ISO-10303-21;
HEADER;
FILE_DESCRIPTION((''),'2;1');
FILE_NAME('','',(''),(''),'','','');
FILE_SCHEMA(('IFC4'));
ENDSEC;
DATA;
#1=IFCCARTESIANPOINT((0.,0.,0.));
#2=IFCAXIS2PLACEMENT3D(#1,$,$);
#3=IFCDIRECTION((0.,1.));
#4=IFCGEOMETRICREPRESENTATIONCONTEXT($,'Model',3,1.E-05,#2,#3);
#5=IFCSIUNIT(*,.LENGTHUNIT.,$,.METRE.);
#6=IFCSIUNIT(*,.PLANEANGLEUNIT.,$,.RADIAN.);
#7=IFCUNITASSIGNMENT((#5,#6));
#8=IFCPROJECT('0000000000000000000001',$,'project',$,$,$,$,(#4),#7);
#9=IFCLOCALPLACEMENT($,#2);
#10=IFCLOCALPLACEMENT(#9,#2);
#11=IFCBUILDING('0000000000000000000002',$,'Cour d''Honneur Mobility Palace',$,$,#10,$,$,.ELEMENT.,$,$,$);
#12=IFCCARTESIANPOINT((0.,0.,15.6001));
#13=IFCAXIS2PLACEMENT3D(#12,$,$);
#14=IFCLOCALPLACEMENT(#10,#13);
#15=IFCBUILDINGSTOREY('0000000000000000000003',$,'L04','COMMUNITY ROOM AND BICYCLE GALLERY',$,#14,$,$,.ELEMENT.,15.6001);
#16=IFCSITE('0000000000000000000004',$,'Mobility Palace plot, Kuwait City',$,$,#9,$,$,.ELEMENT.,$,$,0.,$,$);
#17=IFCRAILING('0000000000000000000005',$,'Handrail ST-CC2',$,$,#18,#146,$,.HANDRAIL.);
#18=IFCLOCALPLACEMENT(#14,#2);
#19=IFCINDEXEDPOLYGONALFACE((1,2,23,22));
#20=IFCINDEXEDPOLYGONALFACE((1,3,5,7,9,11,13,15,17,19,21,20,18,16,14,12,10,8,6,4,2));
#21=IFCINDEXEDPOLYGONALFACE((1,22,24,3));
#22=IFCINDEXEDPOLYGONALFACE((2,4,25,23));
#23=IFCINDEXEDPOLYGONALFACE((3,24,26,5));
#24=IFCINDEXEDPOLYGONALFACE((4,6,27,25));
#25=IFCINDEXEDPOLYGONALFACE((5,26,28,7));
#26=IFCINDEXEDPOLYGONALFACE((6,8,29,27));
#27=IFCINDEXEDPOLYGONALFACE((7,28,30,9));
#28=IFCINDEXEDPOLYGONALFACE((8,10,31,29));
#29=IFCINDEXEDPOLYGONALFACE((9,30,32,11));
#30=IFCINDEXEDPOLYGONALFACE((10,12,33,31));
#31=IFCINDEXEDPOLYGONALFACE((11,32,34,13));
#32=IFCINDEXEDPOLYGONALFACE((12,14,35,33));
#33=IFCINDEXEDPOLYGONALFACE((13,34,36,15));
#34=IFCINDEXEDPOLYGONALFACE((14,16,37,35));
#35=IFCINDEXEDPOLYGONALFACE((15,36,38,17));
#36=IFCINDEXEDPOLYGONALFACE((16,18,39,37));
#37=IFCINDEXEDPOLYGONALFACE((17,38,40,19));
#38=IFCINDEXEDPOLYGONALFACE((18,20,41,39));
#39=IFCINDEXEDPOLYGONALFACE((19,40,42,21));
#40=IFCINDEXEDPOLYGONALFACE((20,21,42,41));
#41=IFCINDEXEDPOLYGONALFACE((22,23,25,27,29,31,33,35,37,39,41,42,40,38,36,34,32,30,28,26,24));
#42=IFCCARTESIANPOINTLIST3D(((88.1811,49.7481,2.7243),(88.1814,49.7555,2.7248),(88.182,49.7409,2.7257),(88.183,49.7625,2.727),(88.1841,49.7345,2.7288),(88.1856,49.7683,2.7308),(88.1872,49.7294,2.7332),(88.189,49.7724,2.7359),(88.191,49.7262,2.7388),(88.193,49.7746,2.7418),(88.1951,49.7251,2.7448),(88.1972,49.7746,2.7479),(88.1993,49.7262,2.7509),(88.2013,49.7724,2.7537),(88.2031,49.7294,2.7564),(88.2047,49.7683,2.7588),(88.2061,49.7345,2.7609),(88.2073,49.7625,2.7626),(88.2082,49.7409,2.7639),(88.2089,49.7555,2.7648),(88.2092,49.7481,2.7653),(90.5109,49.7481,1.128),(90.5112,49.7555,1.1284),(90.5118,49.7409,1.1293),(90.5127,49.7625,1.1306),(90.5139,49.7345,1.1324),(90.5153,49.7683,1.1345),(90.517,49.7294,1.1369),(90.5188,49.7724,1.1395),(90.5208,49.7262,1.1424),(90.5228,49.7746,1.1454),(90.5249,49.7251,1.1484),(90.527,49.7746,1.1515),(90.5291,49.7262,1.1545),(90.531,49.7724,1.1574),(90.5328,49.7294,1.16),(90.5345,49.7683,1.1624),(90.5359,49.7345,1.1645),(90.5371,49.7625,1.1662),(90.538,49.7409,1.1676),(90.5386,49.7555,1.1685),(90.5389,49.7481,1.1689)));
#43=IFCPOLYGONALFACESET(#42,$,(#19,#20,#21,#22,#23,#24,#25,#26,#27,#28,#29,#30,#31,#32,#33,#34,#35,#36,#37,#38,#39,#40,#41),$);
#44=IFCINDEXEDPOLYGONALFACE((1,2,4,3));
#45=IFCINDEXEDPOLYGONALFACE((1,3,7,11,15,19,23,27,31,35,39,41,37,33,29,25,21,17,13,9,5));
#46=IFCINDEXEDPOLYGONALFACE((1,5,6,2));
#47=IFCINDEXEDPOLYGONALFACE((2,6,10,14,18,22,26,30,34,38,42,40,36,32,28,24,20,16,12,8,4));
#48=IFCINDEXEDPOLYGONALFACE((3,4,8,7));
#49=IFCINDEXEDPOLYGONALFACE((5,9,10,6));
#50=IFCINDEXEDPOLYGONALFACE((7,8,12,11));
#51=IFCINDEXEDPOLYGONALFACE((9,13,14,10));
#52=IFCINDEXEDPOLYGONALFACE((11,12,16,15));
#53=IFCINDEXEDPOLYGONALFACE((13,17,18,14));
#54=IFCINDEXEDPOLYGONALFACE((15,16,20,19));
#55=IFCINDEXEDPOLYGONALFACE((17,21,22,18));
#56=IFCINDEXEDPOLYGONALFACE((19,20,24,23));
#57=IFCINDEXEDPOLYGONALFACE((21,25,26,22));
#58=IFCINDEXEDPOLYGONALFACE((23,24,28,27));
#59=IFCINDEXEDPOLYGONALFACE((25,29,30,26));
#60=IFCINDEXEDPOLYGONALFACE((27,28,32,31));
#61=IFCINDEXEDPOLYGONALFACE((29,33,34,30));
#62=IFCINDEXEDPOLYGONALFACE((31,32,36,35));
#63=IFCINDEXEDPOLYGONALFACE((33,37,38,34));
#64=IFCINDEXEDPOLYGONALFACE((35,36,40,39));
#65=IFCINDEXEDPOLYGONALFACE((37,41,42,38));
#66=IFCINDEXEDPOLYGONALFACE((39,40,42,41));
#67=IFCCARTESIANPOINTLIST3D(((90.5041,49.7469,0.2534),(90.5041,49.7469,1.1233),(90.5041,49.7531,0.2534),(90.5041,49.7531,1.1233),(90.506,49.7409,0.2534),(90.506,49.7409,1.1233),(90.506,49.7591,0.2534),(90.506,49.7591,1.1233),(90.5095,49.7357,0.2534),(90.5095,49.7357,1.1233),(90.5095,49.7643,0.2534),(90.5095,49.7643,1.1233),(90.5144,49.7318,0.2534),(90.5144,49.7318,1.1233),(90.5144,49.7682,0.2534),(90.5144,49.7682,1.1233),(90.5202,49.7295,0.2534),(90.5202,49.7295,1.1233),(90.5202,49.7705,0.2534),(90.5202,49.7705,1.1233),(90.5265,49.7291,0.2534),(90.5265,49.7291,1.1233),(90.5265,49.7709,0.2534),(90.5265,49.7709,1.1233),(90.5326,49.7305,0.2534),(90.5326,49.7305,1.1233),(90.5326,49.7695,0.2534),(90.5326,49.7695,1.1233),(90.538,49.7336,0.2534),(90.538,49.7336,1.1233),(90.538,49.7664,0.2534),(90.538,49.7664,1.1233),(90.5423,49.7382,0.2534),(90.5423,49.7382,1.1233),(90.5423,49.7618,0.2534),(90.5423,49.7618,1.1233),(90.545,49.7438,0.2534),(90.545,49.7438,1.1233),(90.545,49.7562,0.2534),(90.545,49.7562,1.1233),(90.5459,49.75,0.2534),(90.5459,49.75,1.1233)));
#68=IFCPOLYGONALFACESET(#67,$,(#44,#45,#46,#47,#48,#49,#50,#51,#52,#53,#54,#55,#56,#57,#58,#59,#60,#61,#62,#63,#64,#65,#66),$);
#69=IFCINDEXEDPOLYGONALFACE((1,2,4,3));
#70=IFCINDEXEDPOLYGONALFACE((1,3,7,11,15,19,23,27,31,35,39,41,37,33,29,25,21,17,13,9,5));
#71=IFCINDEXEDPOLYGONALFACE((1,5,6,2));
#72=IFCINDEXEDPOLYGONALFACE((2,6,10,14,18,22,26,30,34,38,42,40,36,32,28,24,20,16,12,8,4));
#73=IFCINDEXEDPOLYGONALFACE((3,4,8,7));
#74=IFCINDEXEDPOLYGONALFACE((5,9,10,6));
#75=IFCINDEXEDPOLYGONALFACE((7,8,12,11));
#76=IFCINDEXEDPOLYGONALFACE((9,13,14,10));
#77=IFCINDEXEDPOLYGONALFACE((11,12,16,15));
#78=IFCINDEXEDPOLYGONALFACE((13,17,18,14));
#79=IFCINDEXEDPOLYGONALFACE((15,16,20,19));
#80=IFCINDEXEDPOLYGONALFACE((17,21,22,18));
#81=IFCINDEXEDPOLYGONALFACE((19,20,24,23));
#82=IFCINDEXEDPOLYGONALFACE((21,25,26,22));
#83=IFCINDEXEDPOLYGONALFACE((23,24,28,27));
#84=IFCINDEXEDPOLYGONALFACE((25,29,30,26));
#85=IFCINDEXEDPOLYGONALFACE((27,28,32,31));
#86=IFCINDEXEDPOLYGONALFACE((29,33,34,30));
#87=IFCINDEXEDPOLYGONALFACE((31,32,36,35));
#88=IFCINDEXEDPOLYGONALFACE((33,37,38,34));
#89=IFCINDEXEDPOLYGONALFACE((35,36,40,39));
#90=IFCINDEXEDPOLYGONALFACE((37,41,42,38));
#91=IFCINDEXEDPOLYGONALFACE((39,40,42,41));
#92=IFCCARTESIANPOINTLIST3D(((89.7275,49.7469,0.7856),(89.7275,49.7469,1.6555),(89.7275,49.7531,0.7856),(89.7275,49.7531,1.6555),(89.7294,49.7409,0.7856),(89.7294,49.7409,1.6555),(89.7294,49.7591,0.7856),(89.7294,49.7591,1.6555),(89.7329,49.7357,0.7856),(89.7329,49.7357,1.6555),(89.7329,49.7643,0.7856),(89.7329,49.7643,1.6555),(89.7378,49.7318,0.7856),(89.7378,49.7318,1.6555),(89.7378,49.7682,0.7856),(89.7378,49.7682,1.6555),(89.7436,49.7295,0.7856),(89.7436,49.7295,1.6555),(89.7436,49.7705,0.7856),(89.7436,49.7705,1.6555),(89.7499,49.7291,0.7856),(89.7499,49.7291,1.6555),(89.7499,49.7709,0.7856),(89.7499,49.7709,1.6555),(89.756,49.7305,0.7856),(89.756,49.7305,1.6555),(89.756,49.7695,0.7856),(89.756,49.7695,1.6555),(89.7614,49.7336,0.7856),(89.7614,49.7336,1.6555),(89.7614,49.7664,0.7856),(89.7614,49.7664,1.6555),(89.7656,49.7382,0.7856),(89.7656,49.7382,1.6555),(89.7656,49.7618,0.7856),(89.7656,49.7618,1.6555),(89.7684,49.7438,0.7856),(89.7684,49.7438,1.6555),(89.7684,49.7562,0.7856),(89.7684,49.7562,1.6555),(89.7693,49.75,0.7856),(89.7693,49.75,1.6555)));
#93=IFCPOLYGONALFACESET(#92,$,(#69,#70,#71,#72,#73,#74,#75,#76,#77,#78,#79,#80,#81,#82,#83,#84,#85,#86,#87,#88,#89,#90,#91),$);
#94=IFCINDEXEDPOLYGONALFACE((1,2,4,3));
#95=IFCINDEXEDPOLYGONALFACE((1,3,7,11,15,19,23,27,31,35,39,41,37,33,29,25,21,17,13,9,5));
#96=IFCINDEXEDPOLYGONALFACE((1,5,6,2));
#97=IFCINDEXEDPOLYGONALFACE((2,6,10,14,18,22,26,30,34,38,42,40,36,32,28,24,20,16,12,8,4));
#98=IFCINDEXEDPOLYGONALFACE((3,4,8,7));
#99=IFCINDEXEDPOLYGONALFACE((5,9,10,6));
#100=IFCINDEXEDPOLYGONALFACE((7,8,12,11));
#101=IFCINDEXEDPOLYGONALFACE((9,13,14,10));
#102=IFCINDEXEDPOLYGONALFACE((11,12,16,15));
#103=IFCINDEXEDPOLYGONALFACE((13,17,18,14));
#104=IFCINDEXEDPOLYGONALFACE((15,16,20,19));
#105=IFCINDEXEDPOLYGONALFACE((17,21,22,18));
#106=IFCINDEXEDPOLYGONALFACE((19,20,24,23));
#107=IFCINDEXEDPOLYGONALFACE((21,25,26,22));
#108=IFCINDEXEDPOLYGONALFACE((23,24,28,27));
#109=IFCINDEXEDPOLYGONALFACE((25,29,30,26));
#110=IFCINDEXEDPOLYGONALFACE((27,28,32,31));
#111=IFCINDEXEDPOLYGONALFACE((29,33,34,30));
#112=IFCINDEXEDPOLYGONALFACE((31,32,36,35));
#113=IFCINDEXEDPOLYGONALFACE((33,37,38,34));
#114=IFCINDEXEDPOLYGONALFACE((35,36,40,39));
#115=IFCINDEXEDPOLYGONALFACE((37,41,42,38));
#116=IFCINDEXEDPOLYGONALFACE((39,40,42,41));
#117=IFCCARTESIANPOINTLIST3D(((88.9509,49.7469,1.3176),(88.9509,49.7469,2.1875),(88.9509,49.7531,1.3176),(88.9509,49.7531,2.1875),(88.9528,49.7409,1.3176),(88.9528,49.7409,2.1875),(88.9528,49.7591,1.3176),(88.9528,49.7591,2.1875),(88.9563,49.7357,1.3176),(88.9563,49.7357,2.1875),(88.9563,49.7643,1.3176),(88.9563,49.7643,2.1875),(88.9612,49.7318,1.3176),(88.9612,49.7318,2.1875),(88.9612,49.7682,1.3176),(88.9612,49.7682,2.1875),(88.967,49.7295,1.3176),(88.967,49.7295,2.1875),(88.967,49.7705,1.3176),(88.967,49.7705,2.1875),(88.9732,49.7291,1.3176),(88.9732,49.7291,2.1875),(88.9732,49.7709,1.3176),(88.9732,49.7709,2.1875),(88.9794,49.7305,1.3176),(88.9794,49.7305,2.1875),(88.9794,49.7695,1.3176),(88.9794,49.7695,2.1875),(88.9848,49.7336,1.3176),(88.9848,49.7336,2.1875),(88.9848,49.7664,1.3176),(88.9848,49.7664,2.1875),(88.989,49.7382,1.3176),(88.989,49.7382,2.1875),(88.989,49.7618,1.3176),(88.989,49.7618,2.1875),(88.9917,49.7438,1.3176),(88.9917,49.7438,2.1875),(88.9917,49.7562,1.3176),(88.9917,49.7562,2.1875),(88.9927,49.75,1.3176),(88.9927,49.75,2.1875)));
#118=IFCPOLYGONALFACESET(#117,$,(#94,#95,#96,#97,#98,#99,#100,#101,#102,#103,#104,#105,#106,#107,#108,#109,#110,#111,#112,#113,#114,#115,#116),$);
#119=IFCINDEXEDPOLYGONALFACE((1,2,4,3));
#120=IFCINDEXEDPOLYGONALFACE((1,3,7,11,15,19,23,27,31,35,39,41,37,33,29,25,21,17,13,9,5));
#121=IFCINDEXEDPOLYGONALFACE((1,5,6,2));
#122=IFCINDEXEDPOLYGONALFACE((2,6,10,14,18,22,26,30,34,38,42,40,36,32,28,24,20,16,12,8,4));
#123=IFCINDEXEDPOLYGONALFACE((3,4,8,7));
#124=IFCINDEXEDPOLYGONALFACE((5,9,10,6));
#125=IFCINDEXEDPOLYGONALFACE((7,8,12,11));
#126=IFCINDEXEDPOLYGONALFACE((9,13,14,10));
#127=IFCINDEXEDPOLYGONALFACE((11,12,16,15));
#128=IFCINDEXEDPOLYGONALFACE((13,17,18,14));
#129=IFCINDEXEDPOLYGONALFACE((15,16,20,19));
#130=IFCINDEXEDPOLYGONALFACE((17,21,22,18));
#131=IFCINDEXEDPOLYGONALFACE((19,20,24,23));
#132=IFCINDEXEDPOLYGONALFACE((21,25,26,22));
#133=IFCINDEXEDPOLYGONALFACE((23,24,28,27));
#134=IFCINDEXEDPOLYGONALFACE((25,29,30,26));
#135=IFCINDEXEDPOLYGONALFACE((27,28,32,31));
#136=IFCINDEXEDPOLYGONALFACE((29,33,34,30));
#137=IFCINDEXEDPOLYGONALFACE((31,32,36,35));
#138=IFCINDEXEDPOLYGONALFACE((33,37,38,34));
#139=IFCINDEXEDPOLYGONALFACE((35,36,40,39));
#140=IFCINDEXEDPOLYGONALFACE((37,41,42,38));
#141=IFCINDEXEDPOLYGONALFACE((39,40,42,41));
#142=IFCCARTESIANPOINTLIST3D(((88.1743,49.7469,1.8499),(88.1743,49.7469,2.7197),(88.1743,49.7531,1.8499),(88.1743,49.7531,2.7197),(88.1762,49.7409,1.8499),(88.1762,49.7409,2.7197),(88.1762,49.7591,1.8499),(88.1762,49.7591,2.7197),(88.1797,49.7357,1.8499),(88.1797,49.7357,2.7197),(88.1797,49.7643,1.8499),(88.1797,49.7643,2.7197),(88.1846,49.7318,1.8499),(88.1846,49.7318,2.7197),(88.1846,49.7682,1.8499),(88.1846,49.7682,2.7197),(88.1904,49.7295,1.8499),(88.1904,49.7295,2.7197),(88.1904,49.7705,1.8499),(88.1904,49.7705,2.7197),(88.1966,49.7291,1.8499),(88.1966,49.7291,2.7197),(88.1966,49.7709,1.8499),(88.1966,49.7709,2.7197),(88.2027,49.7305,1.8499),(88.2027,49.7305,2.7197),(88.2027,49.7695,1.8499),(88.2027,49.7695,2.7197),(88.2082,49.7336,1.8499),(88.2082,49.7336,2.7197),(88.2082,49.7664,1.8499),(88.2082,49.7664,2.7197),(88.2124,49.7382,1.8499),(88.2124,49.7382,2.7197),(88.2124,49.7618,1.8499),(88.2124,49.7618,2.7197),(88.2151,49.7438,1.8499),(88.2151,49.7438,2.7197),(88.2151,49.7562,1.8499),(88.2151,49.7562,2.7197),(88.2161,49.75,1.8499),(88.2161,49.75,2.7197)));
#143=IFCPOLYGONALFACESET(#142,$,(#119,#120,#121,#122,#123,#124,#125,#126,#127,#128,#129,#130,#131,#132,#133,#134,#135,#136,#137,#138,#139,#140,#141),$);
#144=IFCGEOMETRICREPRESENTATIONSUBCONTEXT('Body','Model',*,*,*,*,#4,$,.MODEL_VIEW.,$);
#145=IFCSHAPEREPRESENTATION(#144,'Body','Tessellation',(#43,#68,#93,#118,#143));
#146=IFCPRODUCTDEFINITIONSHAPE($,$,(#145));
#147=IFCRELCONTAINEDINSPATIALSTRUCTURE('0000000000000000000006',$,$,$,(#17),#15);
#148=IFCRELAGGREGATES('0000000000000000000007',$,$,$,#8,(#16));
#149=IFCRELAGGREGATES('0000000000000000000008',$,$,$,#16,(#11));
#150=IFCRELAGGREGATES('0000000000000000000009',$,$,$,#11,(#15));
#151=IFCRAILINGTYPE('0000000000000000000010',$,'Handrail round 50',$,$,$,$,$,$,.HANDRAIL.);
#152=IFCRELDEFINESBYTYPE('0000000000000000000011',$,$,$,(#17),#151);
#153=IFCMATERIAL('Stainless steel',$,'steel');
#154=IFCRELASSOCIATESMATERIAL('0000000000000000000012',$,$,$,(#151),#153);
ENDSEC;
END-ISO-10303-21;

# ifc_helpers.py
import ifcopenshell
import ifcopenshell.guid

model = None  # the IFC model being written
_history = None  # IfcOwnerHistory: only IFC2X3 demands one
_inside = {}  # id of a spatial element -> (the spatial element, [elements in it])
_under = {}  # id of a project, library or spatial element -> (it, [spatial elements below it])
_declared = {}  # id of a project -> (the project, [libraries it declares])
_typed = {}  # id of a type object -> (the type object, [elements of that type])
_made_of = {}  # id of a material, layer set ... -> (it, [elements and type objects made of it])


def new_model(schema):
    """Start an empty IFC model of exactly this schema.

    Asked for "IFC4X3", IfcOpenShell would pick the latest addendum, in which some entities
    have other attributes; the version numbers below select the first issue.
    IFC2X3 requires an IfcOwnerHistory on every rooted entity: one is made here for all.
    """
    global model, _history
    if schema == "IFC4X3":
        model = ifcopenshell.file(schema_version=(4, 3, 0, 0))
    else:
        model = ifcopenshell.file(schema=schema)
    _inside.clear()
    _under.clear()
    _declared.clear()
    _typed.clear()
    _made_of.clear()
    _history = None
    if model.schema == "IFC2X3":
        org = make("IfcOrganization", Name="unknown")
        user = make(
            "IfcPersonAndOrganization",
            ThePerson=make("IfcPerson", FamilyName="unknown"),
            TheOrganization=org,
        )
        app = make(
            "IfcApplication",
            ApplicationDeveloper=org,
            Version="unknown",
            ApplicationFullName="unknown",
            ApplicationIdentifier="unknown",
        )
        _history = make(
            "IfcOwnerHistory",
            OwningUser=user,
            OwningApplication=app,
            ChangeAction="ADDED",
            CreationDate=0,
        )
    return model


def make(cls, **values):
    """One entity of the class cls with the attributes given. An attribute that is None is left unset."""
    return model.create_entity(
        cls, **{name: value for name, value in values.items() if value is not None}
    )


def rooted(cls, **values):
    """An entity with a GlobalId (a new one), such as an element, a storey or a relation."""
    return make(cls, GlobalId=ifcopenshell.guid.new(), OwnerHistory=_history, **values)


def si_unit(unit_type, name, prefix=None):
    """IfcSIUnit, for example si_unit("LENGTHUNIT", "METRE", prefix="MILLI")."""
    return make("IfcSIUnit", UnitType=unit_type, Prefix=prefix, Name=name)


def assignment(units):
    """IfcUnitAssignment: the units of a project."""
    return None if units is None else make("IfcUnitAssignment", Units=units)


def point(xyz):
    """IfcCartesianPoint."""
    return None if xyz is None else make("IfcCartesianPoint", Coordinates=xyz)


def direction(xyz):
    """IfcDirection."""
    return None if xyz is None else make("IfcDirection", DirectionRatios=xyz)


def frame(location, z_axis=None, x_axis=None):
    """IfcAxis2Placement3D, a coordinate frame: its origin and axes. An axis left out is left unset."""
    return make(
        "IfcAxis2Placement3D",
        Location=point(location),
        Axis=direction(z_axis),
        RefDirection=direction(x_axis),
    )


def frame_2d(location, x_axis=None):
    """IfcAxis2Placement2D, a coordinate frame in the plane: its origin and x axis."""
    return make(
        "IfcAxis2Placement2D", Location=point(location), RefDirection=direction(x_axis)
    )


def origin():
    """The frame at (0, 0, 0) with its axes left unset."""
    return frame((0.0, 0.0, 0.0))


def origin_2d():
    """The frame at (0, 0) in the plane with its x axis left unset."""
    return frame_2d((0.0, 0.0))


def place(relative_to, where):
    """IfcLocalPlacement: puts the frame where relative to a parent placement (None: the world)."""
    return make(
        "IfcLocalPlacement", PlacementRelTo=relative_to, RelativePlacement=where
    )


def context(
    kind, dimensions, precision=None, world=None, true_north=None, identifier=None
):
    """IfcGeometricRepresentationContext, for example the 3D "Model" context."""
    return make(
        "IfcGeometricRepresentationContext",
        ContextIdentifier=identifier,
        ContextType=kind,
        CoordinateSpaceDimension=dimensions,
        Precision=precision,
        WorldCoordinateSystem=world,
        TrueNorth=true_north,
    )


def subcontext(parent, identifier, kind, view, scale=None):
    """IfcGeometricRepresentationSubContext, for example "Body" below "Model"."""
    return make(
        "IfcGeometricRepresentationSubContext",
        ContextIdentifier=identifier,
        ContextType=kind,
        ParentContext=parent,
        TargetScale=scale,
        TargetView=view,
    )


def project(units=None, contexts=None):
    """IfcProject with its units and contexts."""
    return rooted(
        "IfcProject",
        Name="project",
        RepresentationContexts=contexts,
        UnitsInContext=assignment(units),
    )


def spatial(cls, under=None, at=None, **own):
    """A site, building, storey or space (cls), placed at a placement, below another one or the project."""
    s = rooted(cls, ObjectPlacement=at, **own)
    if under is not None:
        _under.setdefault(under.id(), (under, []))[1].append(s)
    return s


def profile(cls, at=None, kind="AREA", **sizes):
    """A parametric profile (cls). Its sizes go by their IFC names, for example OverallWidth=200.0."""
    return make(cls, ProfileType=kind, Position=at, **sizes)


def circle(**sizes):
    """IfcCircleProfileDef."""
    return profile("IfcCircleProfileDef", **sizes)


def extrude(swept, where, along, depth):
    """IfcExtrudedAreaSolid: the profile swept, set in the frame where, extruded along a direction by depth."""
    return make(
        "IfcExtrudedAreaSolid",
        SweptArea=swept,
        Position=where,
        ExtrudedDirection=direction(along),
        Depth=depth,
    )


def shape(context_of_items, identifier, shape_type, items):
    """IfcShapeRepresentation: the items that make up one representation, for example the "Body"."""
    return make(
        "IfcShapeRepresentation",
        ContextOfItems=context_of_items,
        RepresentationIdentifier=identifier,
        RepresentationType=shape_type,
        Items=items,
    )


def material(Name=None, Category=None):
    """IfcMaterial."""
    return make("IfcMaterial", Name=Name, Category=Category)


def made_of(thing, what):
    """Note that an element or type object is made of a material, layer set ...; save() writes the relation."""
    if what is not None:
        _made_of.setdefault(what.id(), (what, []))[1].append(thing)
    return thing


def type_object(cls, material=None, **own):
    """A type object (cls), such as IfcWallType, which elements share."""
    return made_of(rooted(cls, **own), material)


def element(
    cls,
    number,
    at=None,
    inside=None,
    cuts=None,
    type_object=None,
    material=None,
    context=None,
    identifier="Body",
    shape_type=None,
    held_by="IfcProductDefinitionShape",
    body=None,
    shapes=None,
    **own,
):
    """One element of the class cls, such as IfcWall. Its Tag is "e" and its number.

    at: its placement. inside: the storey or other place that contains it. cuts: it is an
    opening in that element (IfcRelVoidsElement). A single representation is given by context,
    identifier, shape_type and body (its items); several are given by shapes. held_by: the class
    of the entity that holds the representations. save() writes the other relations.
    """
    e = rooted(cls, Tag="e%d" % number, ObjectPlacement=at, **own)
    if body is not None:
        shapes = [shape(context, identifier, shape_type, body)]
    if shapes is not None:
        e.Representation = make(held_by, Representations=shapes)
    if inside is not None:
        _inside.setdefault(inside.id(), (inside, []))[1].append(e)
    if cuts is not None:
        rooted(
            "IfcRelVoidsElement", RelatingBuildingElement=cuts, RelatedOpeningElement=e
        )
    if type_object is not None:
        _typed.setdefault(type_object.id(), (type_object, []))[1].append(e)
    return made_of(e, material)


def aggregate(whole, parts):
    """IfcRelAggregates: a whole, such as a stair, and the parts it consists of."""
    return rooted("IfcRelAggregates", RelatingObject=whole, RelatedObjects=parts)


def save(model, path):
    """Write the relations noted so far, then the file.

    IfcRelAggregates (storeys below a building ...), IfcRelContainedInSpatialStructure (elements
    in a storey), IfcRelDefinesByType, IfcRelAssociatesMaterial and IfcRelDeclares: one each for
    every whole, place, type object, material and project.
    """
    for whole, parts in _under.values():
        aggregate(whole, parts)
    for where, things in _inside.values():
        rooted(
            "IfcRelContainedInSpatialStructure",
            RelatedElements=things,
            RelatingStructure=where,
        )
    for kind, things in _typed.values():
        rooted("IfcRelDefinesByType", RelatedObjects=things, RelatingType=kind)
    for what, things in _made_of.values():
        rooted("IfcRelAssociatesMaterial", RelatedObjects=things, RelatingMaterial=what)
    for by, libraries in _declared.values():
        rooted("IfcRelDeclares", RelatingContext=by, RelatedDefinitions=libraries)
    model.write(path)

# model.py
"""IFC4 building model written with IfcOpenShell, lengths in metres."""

from ifc_helpers import new_model, si_unit, direction, frame, origin, origin_2d, place, context, subcontext, project, spatial, circle, extrude, material, type_object, element, save


model = new_model("IFC4")

# Units and contexts
model_context = context("Model", 3, precision=1e-05, world=origin(), true_north=direction((0.0, 1.0)))
body_context = subcontext(model_context, "Body", "Model", "MODEL_VIEW")
ifc_project = project(units=[si_unit("LENGTHUNIT", "METRE"), si_unit("PLANEANGLEUNIT", "RADIAN")], contexts=[model_context])

# Site, building, storey
site_placement = place(None, origin())
site = spatial("IfcSite", under=ifc_project, at=site_placement, Name="Mobility Palace plot, Kuwait City", CompositionType="ELEMENT", RefElevation=0.0)
building_placement = place(site_placement, origin())
building = spatial("IfcBuilding", under=site, at=building_placement, Name="Cour d'Honneur Mobility Palace", CompositionType="ELEMENT")
storey_placement = place(building_placement, frame((0.0, 0.0, 15.6001)))
storey = spatial("IfcBuildingStorey", under=building, at=storey_placement, Name="L04", Description="COMMUNITY ROOM AND BICYCLE GALLERY", CompositionType="ELEMENT", Elevation=15.6001)

# Railing
ifc_material_1 = material(Name="Stainless steel", Category="steel")
railing_type_1 = type_object("IfcRailingType", Name="Handrail round 50", PredefinedType="HANDRAIL", material=ifc_material_1)
railing_1_placement = place(storey_placement, frame((90.5249, 49.75, 0.2534)))
element("IfcRailing", 1, at=railing_1_placement, inside=storey, type_object=railing_type_1, Name="Handrail ST-CC2", PredefinedType="HANDRAIL", context=body_context, shape_type="SweptSolid", body=[
    extrude(circle(Radius=0.0249, at=origin_2d()), frame((0.0, 0.0, 0.895), z_axis=(-0.824921, 0.0, 0.565248), x_axis=(0.0, -1.0, 0.0)), (0.0, 0.0, 1.0), 2.8242),
    extrude(circle(Radius=0.021, at=origin_2d()), origin(), (0.0, 0.0, 1.0), 0.8699),
    extrude(circle(Radius=0.021, at=origin_2d()), frame((-0.7766, 0.0, 0.5322)), (0.0, 0.0, 1.0), 0.8699),
    extrude(circle(Radius=0.021, at=origin_2d()), frame((-1.5532, 0.0, 1.0642)), (0.0, 0.0, 1.0), 0.8699),
    extrude(circle(Radius=0.021, at=origin_2d()), frame((-2.3298, 0.0, 1.5964)), (0.0, 0.0, 1.0), 0.8699),
])

save(model, "model.ifc")
